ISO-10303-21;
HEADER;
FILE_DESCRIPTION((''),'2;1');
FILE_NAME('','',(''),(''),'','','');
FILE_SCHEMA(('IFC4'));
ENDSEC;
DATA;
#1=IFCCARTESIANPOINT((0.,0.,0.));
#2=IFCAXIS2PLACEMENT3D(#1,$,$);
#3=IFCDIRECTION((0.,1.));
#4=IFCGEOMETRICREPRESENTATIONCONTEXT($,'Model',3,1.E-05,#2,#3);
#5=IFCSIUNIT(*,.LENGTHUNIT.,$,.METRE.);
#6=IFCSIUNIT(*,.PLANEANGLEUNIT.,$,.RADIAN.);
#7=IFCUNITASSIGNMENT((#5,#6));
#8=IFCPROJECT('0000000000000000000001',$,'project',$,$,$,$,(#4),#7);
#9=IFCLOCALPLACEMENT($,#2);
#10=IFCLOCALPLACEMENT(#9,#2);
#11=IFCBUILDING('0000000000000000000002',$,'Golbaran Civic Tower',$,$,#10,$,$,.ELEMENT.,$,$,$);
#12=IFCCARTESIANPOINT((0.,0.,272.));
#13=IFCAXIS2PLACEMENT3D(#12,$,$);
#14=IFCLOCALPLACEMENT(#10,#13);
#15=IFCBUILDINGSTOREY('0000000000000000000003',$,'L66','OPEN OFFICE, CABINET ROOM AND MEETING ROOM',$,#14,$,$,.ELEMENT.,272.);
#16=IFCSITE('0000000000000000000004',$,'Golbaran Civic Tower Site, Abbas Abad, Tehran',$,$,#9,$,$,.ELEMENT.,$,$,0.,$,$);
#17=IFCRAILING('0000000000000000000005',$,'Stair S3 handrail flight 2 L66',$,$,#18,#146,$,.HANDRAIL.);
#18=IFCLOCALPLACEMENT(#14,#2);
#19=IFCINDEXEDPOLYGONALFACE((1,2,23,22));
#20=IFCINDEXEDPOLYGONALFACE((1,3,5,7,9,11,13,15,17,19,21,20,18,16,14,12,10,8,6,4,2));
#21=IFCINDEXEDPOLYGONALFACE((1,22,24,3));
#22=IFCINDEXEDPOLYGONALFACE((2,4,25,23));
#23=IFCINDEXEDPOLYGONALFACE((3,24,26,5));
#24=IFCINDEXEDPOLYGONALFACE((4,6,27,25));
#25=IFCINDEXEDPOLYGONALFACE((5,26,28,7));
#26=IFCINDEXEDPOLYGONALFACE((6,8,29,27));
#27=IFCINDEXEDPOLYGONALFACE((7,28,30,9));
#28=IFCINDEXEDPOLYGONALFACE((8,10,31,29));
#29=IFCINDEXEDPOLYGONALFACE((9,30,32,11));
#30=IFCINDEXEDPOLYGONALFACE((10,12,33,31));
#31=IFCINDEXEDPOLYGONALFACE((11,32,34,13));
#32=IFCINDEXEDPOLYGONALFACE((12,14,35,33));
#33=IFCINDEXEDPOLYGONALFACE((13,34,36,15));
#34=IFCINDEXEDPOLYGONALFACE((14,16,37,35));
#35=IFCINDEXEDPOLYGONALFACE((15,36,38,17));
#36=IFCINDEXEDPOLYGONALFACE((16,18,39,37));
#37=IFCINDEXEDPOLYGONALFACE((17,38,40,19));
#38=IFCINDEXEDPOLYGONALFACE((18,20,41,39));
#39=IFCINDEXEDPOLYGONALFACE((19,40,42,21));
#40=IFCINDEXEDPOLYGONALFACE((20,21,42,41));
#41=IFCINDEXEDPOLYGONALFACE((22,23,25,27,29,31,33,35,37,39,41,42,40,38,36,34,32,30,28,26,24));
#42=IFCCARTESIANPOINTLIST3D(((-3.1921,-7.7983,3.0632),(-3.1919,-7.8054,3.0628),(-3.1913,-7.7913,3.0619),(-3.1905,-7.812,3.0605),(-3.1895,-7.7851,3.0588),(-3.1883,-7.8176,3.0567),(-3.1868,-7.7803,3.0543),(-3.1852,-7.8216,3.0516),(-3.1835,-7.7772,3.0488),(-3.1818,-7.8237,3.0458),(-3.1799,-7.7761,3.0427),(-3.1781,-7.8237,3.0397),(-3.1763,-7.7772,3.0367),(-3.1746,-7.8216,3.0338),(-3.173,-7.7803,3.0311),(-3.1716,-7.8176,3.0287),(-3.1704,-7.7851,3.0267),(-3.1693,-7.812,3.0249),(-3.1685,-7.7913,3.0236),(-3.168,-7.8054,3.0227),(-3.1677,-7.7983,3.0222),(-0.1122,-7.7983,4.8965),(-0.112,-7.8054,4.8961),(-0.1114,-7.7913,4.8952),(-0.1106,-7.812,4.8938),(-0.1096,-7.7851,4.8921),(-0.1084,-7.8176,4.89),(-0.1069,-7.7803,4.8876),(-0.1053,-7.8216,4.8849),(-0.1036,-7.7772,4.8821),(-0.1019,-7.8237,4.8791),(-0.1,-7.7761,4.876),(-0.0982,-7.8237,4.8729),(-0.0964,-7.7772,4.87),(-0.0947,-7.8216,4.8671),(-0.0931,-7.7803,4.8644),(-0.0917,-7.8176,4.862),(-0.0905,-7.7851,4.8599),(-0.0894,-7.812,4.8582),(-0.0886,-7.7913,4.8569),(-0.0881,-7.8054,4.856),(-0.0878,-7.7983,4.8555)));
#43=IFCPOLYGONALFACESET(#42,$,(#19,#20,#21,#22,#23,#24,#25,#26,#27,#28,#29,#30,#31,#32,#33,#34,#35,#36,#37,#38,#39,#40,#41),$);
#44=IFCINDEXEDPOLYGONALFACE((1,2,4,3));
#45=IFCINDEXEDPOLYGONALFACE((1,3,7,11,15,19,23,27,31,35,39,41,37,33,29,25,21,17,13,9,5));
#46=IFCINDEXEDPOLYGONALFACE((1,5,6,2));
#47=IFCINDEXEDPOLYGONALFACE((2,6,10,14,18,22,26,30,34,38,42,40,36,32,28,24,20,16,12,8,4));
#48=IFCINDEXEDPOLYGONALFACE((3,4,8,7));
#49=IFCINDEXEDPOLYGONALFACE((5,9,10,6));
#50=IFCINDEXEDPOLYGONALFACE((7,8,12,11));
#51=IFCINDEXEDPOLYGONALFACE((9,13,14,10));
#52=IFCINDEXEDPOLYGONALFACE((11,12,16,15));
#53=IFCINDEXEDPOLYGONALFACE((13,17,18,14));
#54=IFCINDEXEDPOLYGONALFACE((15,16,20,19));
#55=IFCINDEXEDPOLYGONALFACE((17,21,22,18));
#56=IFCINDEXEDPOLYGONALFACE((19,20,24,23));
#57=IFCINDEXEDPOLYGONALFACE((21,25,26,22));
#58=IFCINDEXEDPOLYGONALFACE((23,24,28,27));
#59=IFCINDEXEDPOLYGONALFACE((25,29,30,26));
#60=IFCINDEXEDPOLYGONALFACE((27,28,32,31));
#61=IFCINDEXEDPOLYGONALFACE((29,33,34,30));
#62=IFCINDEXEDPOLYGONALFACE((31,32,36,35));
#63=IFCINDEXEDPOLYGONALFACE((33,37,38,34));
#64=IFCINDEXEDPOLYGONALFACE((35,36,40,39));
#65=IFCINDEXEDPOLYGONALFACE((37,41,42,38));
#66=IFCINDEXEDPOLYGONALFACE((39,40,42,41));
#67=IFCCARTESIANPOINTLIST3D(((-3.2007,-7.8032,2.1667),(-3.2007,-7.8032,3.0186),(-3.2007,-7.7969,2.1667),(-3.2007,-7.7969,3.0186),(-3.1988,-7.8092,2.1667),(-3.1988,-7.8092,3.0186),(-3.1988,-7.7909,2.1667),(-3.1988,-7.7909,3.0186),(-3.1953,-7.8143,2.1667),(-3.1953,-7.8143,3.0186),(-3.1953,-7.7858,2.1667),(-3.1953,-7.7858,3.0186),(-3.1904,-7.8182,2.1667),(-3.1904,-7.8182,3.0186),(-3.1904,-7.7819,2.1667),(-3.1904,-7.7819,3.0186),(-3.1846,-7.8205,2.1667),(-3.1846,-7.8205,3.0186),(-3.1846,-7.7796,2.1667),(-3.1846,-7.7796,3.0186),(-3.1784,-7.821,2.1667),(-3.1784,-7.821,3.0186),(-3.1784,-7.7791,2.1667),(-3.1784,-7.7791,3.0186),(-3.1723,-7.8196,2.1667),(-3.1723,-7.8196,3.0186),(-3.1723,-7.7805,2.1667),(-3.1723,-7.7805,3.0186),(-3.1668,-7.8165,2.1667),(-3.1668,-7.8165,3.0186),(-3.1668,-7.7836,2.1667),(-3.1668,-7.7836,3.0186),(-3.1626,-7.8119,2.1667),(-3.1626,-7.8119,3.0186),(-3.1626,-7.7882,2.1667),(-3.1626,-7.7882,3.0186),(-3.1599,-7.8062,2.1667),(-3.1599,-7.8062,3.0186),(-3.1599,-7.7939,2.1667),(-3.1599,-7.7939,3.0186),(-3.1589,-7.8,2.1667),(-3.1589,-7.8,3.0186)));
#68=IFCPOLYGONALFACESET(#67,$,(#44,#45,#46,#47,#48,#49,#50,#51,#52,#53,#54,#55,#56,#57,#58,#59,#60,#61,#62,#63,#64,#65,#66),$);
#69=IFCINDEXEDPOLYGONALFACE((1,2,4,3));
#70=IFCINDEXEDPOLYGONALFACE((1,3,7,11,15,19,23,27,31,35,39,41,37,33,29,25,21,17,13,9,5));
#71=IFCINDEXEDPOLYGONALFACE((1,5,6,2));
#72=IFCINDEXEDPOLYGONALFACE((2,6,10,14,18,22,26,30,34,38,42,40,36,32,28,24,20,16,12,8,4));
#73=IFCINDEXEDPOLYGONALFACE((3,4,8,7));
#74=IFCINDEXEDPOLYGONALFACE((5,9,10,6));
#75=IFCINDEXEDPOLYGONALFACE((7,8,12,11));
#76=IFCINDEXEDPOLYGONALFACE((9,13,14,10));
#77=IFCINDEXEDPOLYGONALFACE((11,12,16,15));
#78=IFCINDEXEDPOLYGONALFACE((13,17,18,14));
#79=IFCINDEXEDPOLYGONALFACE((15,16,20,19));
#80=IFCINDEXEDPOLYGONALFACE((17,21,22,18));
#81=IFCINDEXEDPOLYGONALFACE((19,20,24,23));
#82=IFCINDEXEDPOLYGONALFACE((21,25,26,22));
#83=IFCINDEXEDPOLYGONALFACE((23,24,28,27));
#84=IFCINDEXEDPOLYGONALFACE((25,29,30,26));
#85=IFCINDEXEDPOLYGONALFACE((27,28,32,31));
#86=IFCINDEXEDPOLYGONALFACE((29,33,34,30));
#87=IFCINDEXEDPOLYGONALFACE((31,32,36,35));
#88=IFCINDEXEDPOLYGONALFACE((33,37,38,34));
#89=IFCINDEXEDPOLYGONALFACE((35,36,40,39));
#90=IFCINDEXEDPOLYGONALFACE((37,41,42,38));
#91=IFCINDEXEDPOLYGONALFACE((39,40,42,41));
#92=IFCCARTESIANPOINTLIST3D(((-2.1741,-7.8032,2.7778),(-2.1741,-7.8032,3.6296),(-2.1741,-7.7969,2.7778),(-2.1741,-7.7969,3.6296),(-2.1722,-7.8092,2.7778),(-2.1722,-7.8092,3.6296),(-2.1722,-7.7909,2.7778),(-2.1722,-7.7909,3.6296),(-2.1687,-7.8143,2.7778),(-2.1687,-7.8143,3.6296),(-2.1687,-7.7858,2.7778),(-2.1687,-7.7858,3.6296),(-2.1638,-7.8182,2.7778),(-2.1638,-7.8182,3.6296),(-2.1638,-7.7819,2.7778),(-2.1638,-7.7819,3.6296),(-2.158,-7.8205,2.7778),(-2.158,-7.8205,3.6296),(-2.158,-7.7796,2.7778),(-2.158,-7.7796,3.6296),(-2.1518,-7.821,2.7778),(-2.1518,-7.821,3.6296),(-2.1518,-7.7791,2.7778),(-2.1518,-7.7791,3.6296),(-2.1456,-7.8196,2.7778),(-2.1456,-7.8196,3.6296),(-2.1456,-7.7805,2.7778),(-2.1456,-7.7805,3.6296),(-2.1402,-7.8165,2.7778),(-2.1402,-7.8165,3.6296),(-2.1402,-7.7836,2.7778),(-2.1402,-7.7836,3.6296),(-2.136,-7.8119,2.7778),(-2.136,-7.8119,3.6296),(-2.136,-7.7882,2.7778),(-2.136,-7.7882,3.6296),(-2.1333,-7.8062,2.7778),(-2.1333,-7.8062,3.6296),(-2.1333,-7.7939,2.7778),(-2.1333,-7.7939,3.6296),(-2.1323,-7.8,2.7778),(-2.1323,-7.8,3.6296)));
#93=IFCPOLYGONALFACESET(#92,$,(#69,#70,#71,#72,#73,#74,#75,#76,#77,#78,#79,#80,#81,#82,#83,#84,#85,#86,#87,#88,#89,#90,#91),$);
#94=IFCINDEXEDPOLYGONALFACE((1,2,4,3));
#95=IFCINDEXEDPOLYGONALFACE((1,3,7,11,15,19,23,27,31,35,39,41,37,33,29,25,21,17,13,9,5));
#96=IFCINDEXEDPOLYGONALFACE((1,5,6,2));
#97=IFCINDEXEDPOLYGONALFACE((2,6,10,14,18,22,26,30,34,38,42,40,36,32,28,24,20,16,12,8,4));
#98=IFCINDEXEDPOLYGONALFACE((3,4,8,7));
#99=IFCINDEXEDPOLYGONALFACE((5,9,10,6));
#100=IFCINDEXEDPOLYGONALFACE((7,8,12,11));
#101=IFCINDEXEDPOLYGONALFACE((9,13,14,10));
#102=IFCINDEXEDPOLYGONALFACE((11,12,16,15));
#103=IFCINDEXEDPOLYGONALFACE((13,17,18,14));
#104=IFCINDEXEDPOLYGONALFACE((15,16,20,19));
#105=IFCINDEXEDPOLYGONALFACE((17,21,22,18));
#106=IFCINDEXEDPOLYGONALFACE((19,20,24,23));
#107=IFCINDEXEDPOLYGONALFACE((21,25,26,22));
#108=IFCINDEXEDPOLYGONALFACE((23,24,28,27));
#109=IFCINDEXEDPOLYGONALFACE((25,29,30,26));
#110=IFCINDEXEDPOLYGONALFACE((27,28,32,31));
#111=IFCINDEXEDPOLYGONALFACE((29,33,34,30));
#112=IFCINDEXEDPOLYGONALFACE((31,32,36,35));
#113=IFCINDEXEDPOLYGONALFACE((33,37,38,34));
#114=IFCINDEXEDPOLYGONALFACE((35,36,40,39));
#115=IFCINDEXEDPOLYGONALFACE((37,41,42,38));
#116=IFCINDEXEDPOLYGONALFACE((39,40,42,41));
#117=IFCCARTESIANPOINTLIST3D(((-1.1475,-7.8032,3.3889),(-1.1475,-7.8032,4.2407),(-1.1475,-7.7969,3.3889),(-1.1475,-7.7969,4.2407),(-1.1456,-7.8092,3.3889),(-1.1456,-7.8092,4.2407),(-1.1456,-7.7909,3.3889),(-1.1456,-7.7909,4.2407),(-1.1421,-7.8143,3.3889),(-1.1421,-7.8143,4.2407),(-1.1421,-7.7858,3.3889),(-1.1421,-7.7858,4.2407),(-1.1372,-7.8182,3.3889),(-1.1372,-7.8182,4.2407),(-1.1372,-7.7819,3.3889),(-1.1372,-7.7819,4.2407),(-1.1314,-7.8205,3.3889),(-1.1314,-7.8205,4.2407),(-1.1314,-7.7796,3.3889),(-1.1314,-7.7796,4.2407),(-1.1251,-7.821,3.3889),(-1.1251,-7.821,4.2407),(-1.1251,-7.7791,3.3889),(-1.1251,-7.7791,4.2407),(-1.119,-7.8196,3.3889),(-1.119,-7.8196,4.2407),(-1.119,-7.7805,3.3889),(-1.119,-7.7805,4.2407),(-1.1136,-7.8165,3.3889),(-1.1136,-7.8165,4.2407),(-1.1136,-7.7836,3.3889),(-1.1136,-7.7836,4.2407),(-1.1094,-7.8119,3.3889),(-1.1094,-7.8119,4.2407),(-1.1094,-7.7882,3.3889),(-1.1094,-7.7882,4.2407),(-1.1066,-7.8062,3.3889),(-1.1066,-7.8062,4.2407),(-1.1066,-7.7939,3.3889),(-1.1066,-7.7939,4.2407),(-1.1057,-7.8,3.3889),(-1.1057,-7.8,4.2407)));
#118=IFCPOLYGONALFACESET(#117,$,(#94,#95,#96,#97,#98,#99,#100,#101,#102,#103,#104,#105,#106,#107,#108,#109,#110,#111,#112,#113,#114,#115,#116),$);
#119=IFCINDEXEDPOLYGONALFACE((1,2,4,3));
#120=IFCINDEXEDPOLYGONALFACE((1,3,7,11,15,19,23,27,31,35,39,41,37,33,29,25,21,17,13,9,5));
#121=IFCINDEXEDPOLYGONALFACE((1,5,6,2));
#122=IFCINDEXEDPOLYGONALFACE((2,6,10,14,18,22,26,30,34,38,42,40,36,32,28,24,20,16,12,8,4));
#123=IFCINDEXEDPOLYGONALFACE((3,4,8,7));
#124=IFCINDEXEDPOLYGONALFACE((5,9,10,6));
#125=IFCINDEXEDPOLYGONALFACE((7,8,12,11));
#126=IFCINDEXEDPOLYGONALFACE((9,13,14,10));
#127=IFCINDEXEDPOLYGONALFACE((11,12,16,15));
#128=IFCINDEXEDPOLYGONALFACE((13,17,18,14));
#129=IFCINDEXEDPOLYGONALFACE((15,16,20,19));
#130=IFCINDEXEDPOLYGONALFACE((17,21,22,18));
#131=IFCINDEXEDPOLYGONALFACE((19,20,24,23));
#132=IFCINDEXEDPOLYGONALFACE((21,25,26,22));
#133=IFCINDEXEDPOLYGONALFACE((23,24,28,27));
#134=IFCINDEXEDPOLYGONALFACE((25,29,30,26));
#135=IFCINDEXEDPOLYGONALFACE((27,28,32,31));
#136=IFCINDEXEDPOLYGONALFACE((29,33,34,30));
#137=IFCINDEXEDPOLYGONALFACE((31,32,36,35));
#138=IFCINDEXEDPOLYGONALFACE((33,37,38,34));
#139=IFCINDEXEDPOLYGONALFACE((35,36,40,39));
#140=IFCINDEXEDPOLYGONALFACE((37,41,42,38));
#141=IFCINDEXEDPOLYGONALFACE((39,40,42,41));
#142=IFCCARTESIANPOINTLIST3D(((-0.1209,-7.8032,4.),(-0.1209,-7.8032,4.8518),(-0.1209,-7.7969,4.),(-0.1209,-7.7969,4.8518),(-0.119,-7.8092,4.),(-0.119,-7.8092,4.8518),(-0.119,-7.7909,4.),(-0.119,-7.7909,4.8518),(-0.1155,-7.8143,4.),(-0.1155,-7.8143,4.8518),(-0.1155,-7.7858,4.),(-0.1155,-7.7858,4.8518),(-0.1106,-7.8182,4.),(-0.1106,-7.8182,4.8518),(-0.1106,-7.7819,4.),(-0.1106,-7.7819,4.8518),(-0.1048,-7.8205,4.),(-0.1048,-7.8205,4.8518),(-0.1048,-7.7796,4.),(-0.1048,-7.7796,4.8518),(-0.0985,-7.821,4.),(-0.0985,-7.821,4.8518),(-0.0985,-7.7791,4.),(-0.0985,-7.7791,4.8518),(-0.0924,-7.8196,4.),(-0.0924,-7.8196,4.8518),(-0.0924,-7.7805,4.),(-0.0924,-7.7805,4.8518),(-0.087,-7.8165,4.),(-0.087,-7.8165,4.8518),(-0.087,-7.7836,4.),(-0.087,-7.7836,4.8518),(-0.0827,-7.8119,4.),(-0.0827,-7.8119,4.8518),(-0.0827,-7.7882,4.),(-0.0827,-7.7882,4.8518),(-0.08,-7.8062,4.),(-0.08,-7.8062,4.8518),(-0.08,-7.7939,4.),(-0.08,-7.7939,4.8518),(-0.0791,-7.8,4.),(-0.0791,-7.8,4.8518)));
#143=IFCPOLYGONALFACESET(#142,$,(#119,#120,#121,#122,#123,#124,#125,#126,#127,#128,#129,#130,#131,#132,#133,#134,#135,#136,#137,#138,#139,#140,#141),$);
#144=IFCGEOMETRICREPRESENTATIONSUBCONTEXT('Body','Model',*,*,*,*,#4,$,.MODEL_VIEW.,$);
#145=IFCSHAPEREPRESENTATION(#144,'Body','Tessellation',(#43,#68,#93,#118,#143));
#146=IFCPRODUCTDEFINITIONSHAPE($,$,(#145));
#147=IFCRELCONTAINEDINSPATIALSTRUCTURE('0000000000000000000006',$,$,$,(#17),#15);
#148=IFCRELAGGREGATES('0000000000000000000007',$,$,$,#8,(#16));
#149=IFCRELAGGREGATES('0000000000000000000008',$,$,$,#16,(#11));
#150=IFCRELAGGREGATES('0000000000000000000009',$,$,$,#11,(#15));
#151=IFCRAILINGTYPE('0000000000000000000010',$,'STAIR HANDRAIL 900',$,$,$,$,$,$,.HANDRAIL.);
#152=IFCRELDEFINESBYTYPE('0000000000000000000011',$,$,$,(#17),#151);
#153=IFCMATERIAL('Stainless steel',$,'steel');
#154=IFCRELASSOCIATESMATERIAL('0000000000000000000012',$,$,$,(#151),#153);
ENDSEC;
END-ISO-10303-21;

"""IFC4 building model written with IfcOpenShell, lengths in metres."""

from ifc_helpers import new_model, si_unit, direction, frame, origin, origin_2d, place, context, subcontext, project, spatial, circle, extrude, material, type_object, element, save


model = new_model("IFC4")

# Units and contexts
model_context = context("Model", 3, precision=1e-05, world=origin(), true_north=direction((0.0, 1.0)))
body_context = subcontext(model_context, "Body", "Model", "MODEL_VIEW")
ifc_project = project(units=[si_unit("LENGTHUNIT", "METRE"), si_unit("PLANEANGLEUNIT", "RADIAN")], contexts=[model_context])

# Site, building, storey
site_placement = place(None, origin())
site = spatial("IfcSite", under=ifc_project, at=site_placement, Name="Golbaran Civic Tower Site, Abbas Abad, Tehran", CompositionType="ELEMENT", RefElevation=0.0)
building_placement = place(site_placement, origin())
building = spatial("IfcBuilding", under=site, at=building_placement, Name="Golbaran Civic Tower", CompositionType="ELEMENT")
storey_placement = place(building_placement, frame((0.0, 0.0, 272.0)))
storey = spatial("IfcBuildingStorey", under=building, at=storey_placement, Name="L66", Description="OPEN OFFICE, CABINET ROOM AND MEETING ROOM", CompositionType="ELEMENT", Elevation=272.0)

# Shared definitions
ifc_material_1 = material(Name="Stainless steel", Category="steel")

# Railing
railing_type = type_object("IfcRailingType", Name="STAIR HANDRAIL 900", PredefinedType="HANDRAIL", material=ifc_material_1)
railing_1_placement = place(storey_placement, frame((-3.1799, -7.8, 2.1667)))
element("IfcRailing", 1, at=railing_1_placement, inside=storey, type_object=railing_type, Name="Stair S3 handrail flight 2 L66", PredefinedType="HANDRAIL", context=body_context, shape_type="SweptSolid", body=[
    extrude(circle(Radius=0.0239, at=origin_2d()), frame((0.0, 0.0, 0.876), z_axis=(0.859291, 0.0, 0.511487), x_axis=(0.0, 1.0, 0.0)), (0.0, 0.0, 1.0), 3.5842),
    extrude(circle(Radius=0.021, at=origin_2d()), origin(), (0.0, 0.0, 1.0), 0.8518),
    extrude(circle(Radius=0.021, at=origin_2d()), frame((1.0266, 0.0, 0.6111)), (0.0, 0.0, 1.0), 0.8518),
    extrude(circle(Radius=0.021, at=origin_2d()), frame((2.0532, 0.0, 1.2222)), (0.0, 0.0, 1.0), 0.8518),
    extrude(circle(Radius=0.021, at=origin_2d()), frame((3.0798, 0.0, 1.8333)), (0.0, 0.0, 1.0), 0.8518),
])

save(model, "model.ifc")
